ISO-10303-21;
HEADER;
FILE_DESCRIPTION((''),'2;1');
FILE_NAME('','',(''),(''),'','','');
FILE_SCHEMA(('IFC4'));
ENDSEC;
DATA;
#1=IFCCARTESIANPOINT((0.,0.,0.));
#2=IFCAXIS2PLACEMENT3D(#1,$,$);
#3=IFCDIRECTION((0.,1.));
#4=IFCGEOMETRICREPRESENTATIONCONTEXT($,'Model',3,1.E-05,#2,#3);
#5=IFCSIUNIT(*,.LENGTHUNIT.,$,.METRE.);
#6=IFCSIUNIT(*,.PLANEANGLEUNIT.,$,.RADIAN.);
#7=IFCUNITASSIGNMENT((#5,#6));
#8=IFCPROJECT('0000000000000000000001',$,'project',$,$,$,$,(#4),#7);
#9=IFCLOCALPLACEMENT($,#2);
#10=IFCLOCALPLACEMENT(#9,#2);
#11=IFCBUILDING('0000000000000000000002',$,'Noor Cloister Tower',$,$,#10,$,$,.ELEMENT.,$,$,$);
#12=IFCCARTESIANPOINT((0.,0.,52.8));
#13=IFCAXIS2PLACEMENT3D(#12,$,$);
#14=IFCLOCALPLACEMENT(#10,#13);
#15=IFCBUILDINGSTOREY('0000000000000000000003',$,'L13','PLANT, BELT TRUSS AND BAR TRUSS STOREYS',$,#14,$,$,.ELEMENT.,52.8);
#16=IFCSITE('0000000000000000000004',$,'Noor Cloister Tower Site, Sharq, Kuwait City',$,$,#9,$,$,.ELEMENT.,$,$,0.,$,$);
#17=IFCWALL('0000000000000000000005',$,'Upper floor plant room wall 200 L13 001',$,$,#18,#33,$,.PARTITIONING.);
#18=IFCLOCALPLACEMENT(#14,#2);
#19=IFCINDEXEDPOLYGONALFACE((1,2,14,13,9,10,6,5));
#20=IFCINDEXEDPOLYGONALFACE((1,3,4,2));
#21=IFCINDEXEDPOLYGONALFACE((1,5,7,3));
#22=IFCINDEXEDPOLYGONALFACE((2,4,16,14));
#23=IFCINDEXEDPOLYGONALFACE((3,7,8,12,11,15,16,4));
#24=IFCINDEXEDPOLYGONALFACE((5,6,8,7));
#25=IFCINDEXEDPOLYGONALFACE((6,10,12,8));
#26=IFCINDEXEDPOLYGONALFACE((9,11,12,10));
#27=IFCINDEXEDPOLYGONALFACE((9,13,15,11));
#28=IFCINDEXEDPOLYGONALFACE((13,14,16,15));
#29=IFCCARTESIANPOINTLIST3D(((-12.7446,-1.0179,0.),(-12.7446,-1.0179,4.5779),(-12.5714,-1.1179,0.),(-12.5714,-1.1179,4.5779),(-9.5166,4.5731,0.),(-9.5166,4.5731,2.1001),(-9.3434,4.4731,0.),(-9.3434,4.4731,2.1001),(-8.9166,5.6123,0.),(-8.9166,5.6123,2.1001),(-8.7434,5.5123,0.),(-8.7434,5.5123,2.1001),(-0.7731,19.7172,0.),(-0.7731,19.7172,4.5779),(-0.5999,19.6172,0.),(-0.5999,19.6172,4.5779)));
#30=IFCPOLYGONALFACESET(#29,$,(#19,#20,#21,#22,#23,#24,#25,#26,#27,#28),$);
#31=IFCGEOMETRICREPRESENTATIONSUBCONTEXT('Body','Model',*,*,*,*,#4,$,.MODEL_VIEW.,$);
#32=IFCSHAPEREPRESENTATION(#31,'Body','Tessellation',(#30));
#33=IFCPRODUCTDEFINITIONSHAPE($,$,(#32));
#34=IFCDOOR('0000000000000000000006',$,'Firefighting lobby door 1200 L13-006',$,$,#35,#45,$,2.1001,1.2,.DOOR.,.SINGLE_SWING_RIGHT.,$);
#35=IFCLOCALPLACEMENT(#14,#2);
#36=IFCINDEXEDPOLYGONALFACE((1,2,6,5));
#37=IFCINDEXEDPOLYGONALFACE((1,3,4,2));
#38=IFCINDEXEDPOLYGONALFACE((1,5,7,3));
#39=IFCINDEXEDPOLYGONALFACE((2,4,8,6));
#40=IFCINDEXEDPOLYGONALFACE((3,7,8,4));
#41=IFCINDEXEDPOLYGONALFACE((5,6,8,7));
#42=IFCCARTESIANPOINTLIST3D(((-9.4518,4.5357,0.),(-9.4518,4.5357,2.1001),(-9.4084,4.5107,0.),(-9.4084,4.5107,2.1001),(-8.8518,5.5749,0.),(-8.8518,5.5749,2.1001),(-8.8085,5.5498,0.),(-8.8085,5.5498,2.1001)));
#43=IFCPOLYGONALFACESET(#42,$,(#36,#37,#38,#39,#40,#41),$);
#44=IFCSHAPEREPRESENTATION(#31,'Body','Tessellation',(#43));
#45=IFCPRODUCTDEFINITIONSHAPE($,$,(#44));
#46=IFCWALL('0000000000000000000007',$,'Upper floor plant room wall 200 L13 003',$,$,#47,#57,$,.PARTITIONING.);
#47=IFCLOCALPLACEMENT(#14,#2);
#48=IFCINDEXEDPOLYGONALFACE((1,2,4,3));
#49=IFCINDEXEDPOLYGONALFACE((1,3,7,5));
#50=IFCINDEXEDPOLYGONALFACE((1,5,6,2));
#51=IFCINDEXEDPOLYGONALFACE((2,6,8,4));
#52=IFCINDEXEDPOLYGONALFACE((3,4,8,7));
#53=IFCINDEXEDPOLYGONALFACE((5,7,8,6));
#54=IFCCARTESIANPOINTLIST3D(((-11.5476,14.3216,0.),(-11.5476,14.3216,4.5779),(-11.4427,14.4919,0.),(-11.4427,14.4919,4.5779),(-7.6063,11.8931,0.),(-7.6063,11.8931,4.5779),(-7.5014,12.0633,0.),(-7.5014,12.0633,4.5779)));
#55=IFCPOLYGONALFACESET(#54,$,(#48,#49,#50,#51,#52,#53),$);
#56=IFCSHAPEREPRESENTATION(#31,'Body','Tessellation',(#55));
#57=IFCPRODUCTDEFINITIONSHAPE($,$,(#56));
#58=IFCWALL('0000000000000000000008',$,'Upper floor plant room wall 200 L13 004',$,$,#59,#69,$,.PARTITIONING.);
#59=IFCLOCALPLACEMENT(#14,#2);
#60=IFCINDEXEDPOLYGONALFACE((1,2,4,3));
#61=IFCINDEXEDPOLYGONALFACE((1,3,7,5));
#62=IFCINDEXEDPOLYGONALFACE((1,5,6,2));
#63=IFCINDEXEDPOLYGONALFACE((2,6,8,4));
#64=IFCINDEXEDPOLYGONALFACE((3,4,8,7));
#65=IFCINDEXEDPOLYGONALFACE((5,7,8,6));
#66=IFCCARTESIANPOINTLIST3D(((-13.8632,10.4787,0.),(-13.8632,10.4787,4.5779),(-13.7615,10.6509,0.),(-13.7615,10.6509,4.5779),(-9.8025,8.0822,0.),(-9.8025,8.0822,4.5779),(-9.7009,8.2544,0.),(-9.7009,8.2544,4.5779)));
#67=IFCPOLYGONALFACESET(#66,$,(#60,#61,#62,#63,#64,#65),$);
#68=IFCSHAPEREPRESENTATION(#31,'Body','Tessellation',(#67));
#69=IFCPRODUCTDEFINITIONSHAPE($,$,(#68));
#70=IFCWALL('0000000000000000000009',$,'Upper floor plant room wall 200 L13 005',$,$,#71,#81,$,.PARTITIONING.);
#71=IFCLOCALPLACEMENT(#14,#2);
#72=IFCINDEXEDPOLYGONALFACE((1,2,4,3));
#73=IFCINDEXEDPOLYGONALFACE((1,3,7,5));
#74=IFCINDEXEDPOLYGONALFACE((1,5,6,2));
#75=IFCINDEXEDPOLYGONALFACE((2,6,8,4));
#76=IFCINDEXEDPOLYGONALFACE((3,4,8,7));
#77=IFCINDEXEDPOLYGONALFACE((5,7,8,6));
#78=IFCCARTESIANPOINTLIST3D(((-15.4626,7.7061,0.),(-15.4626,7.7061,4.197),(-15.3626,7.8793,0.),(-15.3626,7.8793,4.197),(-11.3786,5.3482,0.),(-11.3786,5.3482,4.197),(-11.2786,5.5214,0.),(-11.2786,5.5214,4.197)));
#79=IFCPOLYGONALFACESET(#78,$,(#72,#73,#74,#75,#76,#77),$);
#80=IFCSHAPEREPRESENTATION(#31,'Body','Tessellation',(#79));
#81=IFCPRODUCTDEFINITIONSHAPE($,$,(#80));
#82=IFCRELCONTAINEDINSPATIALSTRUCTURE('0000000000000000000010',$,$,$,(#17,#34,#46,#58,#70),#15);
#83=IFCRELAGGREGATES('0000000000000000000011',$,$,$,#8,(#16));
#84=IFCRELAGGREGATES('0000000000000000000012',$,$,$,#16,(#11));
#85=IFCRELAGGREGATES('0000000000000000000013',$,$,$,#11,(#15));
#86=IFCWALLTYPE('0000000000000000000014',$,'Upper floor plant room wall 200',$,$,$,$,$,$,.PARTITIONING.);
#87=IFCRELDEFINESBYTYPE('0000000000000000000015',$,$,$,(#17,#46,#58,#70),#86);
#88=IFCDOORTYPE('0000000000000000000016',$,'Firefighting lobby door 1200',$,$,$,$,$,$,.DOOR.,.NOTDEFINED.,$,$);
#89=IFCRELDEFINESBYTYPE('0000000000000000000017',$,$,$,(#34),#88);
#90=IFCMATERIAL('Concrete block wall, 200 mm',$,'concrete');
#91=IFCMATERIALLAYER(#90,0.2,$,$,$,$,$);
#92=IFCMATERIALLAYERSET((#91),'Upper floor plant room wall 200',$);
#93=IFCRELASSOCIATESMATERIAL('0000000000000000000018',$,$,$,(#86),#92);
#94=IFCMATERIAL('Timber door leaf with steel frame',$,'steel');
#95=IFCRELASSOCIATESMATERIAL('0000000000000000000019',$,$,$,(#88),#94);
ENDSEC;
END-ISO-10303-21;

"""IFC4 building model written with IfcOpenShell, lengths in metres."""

from ifc_helpers import new_model, si_unit, direction, frame, frame_2d, origin, place, context, subcontext, project, spatial, rectangle, extrude, material, layer, layer_set, type_object, element, fill, save


model = new_model("IFC4")

# Units and contexts
model_context = context("Model", 3, precision=1e-05, world=origin(), true_north=direction((0.0, 1.0)))
body_context = subcontext(model_context, "Body", "Model", "MODEL_VIEW")
ifc_project = project(units=[si_unit("LENGTHUNIT", "METRE"), si_unit("PLANEANGLEUNIT", "RADIAN")], contexts=[model_context])

# Site, building, storey
site_placement = place(None, origin())
site = spatial("IfcSite", under=ifc_project, at=site_placement, Name="Noor Cloister Tower Site, Sharq, Kuwait City", CompositionType="ELEMENT", RefElevation=0.0)
building_placement = place(site_placement, origin())
building = spatial("IfcBuilding", under=site, at=building_placement, Name="Noor Cloister Tower", CompositionType="ELEMENT")
storey_placement = place(building_placement, frame((0.0, 0.0, 52.8)))
storey = spatial("IfcBuildingStorey", under=building, at=storey_placement, Name="L13", Description="PLANT, BELT TRUSS AND BAR TRUSS STOREYS", CompositionType="ELEMENT", Elevation=52.8)

# Wall, opening, door
ifc_material_1 = material(Name="Concrete block wall, 200 mm", Category="concrete")
ifc_layer_1 = layer(ifc_material_1, 0.2)
ifc_layer_set_1 = layer_set([ifc_layer_1], Name="Upper floor plant room wall 200")
wall_type_1 = type_object("IfcWallType", Name="Upper floor plant room wall 200", PredefinedType="PARTITIONING", material=ifc_layer_set_1)
wall_1_placement = place(storey_placement, frame((-0.6865, 19.6672, 0.0), z_axis=(0.0, 0.0, 1.0), x_axis=(-0.5, -0.866025, 0.0)))
wall_1 = element("IfcWall", 1, at=wall_1_placement, inside=storey, type_object=wall_type_1, Name="Upper floor plant room wall 200 L13 001", PredefinedType="PARTITIONING", context=body_context, shape_type="SweptSolid", body=[
    extrude(rectangle(XDim=23.9429, YDim=0.2, at=frame_2d((11.9714, 0.0))), origin(), (0.0, 0.0, 1.0), 4.5779),
])
opening_1_placement = place(wall_1_placement, frame((16.2869, 0.0, 0.0)))
opening_1 = element("IfcOpeningElement", 2, at=opening_1_placement, cuts=wall_1, PredefinedType="OPENING", context=body_context, shape_type="SweptSolid", body=[
    extrude(rectangle(XDim=1.2, YDim=2.1001, at=frame_2d((0.6001, 1.05))), frame((0.0, 0.1099, 0.0), z_axis=(0.0, -1.0, 0.0), x_axis=(1.0, 0.0, 0.0)), (0.0, 0.0, 1.0), 0.22),
])
ifc_material_2 = material(Name="Timber door leaf with steel frame", Category="steel")
door_type_1 = type_object("IfcDoorType", Name="Firefighting lobby door 1200", OperationType="NOTDEFINED", PredefinedType="DOOR", material=ifc_material_2)
door_1_placement = place(opening_1_placement, origin())
door_1 = element("IfcDoor", 3, at=door_1_placement, inside=storey, type_object=door_type_1, Name="Firefighting lobby door 1200 L13-006", OperationType="SINGLE_SWING_RIGHT", OverallHeight=2.1001, OverallWidth=1.2, PredefinedType="DOOR", context=body_context, shape_type="SweptSolid", body=[
    extrude(rectangle(XDim=1.2, YDim=2.1001, at=frame_2d((0.6001, 1.05))), frame((0.0, 0.0249, 0.0), z_axis=(0.0, -1.0, 0.0), x_axis=(1.0, 0.0, 0.0)), (0.0, 0.0, 1.0), 0.05),
])
fill(opening_1, door_1)

# Walls
wall_2_placement = place(storey_placement, frame((-11.4951, 14.4067, 0.0), z_axis=(0.0, 0.0, 1.0), x_axis=(0.851356, -0.524589, 0.0)))
element("IfcWall", 4, at=wall_2_placement, inside=storey, type_object=wall_type_1, Name="Upper floor plant room wall 200 L13 003", PredefinedType="PARTITIONING", context=body_context, shape_type="SweptSolid", body=[
    extrude(rectangle(XDim=4.6294, YDim=0.2, at=frame_2d((2.3147, 0.0))), origin(), (0.0, 0.0, 1.0), 4.5779),
])
wall_3_placement = place(storey_placement, frame((-13.8123, 10.5647, 0.0), z_axis=(0.0, 0.0, 1.0), x_axis=(0.861212, -0.508246, 0.0)))
element("IfcWall", 5, at=wall_3_placement, inside=storey, type_object=wall_type_1, Name="Upper floor plant room wall 200 L13 004", PredefinedType="PARTITIONING", context=body_context, shape_type="SweptSolid", body=[
    extrude(rectangle(XDim=4.7151, YDim=0.2, at=frame_2d((2.3574, 0.0))), origin(), (0.0, 0.0, 1.0), 4.5779),
])
wall_4_placement = place(storey_placement, frame((-15.4126, 7.7927, 0.0), z_axis=(0.0, 0.0, 1.0), x_axis=(0.866024, -0.500003, 0.0)))
element("IfcWall", 6, at=wall_4_placement, inside=storey, type_object=wall_type_1, Name="Upper floor plant room wall 200 L13 005", PredefinedType="PARTITIONING", context=body_context, shape_type="SweptSolid", body=[
    extrude(rectangle(XDim=4.7158, YDim=0.2, at=frame_2d((2.3579, 0.0))), origin(), (0.0, 0.0, 1.0), 4.197),
])

save(model, "model.ifc")
